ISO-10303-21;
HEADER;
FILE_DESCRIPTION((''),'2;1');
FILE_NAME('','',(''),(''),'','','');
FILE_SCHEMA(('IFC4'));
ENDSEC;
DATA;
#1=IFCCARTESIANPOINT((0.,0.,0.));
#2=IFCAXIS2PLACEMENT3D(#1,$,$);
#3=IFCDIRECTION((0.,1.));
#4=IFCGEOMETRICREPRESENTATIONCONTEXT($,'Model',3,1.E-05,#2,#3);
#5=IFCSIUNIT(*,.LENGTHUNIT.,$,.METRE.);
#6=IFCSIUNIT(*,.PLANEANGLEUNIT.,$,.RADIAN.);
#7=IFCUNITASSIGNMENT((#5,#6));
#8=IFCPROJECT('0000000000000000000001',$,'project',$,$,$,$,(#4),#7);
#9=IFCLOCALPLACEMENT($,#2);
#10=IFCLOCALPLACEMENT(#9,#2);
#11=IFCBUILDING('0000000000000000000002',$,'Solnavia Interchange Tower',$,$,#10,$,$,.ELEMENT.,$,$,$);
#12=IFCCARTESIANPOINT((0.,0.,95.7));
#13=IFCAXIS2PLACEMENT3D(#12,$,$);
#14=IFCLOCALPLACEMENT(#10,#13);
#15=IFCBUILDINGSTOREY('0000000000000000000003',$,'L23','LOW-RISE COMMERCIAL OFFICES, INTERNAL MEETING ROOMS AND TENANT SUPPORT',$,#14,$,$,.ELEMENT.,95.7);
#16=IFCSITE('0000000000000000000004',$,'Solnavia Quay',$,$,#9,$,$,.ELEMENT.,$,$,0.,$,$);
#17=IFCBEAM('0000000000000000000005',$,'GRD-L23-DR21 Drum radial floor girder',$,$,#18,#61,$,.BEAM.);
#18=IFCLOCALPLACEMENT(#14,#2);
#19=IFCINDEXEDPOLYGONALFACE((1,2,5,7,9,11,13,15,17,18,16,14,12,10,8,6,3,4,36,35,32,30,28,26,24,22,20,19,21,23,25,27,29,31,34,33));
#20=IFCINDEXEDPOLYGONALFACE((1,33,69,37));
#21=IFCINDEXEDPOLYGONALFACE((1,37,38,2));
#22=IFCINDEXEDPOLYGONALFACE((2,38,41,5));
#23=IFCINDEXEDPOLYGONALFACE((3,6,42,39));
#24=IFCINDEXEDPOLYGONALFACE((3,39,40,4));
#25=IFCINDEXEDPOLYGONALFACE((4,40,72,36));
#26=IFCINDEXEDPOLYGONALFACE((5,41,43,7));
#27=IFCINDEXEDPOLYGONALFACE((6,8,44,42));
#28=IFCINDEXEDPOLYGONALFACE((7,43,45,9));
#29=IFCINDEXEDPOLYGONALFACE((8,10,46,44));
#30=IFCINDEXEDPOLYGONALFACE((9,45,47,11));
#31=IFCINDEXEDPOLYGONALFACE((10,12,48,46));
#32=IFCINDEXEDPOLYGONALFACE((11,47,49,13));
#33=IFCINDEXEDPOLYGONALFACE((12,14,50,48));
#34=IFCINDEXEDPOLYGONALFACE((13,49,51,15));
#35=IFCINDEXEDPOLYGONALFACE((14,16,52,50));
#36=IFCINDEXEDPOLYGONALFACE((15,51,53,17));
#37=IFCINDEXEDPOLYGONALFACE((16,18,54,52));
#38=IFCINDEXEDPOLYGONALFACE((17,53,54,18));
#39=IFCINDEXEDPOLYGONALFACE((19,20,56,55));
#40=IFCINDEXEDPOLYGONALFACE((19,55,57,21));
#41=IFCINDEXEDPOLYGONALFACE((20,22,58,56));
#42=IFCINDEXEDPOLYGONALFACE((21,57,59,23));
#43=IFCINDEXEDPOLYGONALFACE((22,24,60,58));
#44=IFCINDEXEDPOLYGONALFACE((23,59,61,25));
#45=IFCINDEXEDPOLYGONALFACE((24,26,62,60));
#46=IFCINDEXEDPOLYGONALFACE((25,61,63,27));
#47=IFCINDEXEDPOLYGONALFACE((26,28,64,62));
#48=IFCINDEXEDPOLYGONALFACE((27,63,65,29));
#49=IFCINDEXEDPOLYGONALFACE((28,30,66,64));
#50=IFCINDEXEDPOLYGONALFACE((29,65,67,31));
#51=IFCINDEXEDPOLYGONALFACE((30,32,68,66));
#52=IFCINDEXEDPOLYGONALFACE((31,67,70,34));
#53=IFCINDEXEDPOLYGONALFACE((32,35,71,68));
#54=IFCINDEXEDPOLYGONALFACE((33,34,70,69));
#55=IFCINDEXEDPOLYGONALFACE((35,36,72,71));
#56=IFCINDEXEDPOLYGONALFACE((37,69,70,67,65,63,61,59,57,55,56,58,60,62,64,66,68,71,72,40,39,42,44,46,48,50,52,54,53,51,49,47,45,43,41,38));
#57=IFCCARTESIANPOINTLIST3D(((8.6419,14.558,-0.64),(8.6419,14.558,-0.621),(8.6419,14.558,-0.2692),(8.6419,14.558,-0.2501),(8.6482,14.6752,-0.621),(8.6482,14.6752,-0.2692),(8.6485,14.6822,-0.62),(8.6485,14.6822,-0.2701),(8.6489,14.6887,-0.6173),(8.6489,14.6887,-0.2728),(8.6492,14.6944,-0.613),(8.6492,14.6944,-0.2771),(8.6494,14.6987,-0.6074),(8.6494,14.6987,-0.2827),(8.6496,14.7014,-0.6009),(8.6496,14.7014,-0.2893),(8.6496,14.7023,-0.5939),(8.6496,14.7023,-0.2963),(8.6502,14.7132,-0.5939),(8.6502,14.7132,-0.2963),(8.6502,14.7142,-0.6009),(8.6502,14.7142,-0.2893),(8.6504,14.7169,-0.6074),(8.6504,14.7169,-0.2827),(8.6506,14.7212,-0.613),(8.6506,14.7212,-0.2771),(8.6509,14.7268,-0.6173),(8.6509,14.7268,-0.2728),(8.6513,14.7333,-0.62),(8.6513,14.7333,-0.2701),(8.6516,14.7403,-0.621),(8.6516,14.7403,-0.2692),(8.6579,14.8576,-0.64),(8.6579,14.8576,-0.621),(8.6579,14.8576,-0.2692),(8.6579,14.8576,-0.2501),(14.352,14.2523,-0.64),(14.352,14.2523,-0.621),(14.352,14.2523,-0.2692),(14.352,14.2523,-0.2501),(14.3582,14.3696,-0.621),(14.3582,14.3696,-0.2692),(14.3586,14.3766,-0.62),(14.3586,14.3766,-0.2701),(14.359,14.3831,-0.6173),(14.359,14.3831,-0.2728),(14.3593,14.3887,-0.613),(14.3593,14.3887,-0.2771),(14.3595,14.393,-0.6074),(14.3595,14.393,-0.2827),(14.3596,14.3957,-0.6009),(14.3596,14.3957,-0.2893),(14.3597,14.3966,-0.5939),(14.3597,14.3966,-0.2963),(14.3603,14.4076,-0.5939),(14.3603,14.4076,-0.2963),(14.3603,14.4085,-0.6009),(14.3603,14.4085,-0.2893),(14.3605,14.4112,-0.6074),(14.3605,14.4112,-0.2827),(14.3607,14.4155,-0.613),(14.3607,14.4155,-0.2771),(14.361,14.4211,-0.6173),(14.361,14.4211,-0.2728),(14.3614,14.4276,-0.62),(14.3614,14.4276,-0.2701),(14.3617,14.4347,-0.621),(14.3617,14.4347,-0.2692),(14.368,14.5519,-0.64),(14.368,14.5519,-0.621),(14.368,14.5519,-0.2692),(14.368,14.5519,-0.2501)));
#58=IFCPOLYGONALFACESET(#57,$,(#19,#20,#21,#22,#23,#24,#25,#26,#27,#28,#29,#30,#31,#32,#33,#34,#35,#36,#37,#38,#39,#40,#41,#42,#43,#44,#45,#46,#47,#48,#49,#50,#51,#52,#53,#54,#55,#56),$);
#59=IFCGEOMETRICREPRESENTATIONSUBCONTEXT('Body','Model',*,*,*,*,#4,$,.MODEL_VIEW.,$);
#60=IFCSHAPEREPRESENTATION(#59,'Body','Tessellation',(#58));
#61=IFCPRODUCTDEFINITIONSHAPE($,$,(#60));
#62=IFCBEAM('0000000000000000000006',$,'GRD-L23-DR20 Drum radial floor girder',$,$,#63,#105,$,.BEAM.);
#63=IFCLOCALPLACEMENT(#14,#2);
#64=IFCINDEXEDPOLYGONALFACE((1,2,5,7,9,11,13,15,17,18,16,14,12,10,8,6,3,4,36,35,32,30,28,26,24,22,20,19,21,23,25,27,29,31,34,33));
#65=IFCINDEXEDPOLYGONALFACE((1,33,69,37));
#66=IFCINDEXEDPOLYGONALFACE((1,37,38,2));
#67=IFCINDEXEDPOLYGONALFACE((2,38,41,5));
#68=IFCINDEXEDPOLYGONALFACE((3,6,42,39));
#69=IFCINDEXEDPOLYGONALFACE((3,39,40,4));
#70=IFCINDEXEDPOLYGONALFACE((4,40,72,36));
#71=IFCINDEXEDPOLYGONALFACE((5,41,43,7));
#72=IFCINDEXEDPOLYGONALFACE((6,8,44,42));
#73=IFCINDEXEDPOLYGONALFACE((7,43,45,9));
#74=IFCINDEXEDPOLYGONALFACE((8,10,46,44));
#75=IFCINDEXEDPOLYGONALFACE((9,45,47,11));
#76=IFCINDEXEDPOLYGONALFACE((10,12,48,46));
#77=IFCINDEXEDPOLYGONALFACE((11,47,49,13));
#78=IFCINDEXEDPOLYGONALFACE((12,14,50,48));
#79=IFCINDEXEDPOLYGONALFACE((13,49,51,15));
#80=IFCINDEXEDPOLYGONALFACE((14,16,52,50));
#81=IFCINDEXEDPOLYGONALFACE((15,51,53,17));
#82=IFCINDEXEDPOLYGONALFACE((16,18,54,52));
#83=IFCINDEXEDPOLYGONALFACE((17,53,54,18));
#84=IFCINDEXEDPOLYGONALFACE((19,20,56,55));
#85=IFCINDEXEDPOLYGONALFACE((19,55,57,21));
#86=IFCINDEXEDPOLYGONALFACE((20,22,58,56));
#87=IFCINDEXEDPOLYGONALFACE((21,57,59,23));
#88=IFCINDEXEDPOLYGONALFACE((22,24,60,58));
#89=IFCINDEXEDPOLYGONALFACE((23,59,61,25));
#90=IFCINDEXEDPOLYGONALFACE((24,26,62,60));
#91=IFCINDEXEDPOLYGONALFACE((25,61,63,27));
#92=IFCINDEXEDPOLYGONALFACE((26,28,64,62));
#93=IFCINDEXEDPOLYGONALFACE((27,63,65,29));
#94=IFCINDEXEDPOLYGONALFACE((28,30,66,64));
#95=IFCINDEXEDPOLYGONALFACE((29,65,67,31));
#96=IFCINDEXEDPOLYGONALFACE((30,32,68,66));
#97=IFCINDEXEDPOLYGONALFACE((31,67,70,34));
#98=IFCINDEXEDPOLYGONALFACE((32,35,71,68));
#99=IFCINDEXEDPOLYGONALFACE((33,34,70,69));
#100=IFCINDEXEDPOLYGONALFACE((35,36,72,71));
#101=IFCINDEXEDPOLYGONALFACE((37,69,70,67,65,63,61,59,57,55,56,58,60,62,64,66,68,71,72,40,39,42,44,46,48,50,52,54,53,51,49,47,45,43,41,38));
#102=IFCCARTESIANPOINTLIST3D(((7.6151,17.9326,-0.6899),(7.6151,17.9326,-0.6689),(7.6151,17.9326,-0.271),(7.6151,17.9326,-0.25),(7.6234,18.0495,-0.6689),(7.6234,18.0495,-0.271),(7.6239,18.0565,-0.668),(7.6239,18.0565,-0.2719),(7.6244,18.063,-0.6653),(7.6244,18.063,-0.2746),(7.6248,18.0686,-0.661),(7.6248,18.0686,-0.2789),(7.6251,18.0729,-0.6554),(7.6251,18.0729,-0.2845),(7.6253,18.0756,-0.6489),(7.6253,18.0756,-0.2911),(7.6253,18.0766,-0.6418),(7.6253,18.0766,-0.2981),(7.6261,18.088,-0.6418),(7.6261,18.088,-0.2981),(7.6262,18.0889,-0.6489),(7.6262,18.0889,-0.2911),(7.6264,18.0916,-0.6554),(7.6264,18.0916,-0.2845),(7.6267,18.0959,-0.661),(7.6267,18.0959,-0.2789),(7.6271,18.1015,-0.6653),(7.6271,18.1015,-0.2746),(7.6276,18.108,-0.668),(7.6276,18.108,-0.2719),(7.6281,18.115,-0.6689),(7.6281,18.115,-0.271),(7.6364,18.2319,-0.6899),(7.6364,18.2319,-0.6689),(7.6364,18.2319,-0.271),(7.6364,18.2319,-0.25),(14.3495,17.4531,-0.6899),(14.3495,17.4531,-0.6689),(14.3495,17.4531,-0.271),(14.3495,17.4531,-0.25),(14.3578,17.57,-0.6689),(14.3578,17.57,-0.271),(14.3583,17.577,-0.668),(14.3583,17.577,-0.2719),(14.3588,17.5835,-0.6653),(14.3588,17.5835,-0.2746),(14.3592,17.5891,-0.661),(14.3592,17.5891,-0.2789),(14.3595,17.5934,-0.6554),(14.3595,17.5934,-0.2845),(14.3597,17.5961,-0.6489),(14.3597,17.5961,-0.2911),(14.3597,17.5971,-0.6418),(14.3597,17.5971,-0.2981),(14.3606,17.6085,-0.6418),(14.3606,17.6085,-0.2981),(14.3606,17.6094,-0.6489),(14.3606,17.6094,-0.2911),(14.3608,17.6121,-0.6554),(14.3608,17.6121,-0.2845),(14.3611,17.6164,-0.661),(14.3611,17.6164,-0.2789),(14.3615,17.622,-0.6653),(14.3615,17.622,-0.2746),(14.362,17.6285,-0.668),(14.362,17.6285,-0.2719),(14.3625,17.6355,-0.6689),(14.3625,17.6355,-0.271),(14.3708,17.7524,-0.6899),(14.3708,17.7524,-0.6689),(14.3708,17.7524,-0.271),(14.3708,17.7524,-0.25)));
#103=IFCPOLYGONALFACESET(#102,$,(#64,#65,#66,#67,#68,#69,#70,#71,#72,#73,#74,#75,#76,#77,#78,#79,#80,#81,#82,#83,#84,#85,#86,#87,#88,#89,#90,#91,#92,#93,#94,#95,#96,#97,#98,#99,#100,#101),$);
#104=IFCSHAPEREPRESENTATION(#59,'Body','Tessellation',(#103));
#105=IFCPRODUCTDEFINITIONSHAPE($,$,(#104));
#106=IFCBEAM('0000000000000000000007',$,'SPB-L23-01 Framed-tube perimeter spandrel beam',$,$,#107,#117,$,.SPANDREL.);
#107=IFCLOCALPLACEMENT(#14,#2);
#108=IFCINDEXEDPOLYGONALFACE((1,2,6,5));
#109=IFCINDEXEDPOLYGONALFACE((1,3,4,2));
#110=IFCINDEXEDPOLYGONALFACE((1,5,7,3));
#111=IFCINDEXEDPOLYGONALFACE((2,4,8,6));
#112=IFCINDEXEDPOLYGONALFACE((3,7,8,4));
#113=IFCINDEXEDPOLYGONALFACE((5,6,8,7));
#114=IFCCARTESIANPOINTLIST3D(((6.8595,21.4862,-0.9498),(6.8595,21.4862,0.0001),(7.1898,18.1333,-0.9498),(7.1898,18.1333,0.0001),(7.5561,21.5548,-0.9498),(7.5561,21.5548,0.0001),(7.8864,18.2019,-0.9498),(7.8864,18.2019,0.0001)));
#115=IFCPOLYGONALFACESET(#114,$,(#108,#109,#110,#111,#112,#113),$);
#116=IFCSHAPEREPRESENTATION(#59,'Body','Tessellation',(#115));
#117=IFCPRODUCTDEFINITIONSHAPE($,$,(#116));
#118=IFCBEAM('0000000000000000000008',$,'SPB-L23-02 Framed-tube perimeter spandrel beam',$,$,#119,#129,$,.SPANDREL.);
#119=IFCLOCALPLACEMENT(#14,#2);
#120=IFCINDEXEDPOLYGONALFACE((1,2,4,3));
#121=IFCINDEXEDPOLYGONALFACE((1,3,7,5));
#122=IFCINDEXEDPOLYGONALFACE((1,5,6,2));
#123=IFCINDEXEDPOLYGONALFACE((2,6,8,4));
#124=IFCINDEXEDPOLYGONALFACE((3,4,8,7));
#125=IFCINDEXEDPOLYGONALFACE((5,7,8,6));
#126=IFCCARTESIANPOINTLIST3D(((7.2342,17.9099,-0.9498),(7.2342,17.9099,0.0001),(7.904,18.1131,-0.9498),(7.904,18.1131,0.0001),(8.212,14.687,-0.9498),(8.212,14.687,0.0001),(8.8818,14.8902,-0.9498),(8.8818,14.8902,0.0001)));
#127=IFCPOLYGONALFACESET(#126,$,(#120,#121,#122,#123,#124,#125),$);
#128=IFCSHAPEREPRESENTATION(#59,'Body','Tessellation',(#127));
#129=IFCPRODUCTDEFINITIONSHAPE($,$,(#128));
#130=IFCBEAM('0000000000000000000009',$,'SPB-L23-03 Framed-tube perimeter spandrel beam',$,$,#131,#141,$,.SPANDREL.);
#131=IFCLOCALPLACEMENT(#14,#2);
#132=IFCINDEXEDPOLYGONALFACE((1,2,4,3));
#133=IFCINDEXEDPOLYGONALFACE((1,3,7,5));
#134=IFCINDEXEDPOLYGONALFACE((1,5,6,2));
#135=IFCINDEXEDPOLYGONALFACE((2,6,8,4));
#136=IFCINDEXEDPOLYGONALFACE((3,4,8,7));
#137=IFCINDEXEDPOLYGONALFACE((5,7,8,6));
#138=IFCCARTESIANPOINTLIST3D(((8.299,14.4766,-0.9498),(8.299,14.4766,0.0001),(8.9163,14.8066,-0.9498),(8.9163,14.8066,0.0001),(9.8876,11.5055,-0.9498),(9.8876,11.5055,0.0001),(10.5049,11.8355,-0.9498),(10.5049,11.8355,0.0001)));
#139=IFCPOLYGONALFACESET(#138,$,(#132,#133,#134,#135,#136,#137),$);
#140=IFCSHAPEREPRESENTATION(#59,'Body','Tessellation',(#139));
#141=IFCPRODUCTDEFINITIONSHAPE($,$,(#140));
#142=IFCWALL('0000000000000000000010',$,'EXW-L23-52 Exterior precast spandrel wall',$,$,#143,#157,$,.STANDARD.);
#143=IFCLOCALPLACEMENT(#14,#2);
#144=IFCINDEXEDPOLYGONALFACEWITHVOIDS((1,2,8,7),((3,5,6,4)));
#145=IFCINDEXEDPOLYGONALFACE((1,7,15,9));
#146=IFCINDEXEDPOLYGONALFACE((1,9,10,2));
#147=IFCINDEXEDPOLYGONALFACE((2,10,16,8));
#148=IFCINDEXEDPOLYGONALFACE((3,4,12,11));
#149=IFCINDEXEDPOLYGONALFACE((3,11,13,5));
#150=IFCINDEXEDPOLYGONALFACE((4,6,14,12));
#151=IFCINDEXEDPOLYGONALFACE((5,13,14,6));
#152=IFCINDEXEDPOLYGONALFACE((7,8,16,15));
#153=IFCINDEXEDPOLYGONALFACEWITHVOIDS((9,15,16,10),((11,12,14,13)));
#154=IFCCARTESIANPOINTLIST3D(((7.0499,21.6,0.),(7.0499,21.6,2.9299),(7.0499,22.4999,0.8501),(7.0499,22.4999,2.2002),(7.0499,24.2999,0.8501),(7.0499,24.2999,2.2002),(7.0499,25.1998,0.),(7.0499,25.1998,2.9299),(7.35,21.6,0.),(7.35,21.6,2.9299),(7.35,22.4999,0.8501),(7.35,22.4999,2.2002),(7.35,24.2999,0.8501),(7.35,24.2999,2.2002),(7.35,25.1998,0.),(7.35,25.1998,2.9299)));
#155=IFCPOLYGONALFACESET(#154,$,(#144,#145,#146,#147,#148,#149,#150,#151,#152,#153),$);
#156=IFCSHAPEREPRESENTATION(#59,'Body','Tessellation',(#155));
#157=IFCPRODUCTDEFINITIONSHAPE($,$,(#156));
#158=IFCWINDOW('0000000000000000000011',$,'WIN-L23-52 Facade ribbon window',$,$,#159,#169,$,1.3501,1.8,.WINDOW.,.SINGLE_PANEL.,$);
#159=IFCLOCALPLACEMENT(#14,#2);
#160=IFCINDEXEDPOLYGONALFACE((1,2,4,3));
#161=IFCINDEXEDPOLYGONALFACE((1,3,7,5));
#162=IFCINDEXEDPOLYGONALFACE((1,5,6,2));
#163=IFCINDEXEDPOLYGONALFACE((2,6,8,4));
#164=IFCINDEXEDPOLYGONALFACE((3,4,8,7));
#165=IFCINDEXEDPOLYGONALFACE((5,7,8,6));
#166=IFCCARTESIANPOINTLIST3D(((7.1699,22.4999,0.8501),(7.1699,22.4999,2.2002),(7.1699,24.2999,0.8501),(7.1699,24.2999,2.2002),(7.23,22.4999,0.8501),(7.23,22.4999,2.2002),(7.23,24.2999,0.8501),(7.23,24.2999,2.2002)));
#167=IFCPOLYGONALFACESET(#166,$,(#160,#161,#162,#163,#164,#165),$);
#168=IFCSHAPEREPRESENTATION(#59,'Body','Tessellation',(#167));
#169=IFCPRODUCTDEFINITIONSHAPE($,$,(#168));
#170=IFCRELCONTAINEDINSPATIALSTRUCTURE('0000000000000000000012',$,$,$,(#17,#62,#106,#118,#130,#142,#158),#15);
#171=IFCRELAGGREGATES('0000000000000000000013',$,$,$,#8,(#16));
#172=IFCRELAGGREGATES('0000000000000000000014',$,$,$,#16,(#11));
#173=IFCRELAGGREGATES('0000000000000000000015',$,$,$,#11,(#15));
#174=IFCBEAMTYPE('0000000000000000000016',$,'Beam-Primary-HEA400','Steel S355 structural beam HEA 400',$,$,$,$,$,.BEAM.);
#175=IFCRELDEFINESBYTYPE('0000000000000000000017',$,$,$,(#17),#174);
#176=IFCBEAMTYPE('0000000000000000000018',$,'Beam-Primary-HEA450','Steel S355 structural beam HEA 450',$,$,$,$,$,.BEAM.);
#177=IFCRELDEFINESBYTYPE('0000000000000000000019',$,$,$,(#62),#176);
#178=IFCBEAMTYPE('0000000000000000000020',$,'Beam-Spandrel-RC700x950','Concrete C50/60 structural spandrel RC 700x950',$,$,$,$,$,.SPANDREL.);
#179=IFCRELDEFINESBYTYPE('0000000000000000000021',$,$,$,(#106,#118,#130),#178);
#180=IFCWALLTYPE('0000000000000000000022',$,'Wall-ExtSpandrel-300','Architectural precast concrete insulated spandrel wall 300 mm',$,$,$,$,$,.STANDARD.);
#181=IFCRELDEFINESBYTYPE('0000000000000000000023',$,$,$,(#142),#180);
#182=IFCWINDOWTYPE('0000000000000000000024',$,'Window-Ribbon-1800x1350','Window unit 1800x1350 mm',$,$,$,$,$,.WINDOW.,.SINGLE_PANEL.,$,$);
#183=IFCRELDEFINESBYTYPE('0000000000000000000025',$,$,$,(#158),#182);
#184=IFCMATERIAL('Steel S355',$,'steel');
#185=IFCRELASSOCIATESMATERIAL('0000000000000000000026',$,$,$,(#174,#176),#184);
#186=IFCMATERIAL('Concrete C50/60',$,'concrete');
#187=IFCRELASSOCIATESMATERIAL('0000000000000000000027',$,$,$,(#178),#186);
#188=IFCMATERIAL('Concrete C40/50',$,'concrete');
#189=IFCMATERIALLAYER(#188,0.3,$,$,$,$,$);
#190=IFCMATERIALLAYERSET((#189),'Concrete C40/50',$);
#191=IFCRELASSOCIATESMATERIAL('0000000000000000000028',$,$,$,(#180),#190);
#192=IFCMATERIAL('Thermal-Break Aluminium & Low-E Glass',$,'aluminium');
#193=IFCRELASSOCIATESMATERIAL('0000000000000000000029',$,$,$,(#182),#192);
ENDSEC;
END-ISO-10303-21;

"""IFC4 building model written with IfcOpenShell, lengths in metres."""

from ifc_helpers import new_model, si_unit, direction, frame, frame_2d, origin, origin_2d, place, context, subcontext, project, spatial, rectangle, i_section, extrude, material, layer, layer_set, material_profile, profile_set, type_object, element, fill, save


model = new_model("IFC4")

# Units and contexts
model_context = context("Model", 3, precision=1e-05, world=origin(), true_north=direction((0.0, 1.0)))
body_context = subcontext(model_context, "Body", "Model", "MODEL_VIEW")
ifc_project = project(units=[si_unit("LENGTHUNIT", "METRE"), si_unit("PLANEANGLEUNIT", "RADIAN")], contexts=[model_context])

# Site, building, storey
site_placement = place(None, origin())
site = spatial("IfcSite", under=ifc_project, at=site_placement, Name="Solnavia Quay", CompositionType="ELEMENT", RefElevation=0.0)
building_placement = place(site_placement, origin())
building = spatial("IfcBuilding", under=site, at=building_placement, Name="Solnavia Interchange Tower", CompositionType="ELEMENT")
storey_placement = place(building_placement, frame((0.0, 0.0, 95.7)))
storey = spatial("IfcBuildingStorey", under=building, at=storey_placement, Name="L23", Description="LOW-RISE COMMERCIAL OFFICES, INTERNAL MEETING ROOMS AND TENANT SUPPORT", CompositionType="ELEMENT", Elevation=95.7)

# Beams
ifc_material_1 = material(Name="Concrete C50/60", Category="concrete")
ifc_material_2 = material(Name="Steel S355", Category="steel")
ifc_material_profile_1 = material_profile(ifc_material_2, i_section(OverallWidth=0.3, OverallDepth=0.3899, WebThickness=0.011, FlangeThickness=0.019, FilletRadius=0.0271, at=origin_2d()), Name="HEA 400")
ifc_profile_set_1 = profile_set([ifc_material_profile_1], Name="Steel S355")
beam_type_1 = type_object("IfcBeamType", Name="Beam-Primary-HEA400", Description="Steel S355 structural beam HEA 400", PredefinedType="BEAM", material=ifc_profile_set_1)
beam_1_placement = place(storey_placement, frame((8.6499, 14.7078, -0.4451), z_axis=(0.99857, -0.053453, 0.0), x_axis=(0.053453, 0.99857, 0.0)))
element("IfcBeam", 1, at=beam_1_placement, inside=storey, type_object=beam_type_1, Name="GRD-L23-DR21 Drum radial floor girder", PredefinedType="BEAM", context=body_context, shape_type="SweptSolid", body=[
    extrude(i_section(OverallWidth=0.3, OverallDepth=0.3899, WebThickness=0.011, FlangeThickness=0.019, FilletRadius=0.0271, at=origin_2d()), origin(), (0.0, 0.0, 1.0), 5.7183),
])
ifc_material_profile_2 = material_profile(ifc_material_2, i_section(OverallWidth=0.3, OverallDepth=0.4399, WebThickness=0.0115, FlangeThickness=0.021, FilletRadius=0.0271, at=origin_2d()), Name="HEA 450")
ifc_profile_set_2 = profile_set([ifc_material_profile_2], Name="Steel S355")
beam_type_2 = type_object("IfcBeamType", Name="Beam-Primary-HEA450", Description="Steel S355 structural beam HEA 450", PredefinedType="BEAM", material=ifc_profile_set_2)
beam_2_placement = place(storey_placement, frame((7.6257, 18.0823, -0.47), z_axis=(0.997475, -0.071021, 0.0), x_axis=(0.071021, 0.997475, 0.0)))
element("IfcBeam", 2, at=beam_2_placement, inside=storey, type_object=beam_type_2, Name="GRD-L23-DR20 Drum radial floor girder", PredefinedType="BEAM", context=body_context, shape_type="SweptSolid", body=[
    extrude(i_section(OverallWidth=0.3, OverallDepth=0.4399, WebThickness=0.0115, FlangeThickness=0.021, FilletRadius=0.0271, at=origin_2d()), origin(), (0.0, 0.0, 1.0), 6.7515),
])
ifc_material_profile_3 = material_profile(ifc_material_1, rectangle(XDim=0.7, YDim=0.95, at=origin_2d()), Name="RC 700x950")
ifc_profile_set_3 = profile_set([ifc_material_profile_3], Name="Concrete C50/60")
beam_type_3 = type_object("IfcBeamType", Name="Beam-Spandrel-RC700x950", Description="Concrete C50/60 structural spandrel RC 700x950", PredefinedType="SPANDREL", material=ifc_profile_set_3)
beam_3_placement = place(storey_placement, frame((7.2078, 21.5205, -0.4749), z_axis=(0.09804, -0.995182, 0.0), x_axis=(0.995182, 0.09804, 0.0)))
element("IfcBeam", 3, at=beam_3_placement, inside=storey, type_object=beam_type_3, Name="SPB-L23-01 Framed-tube perimeter spandrel beam", PredefinedType="SPANDREL", context=body_context, shape_type="SweptSolid", body=[
    extrude(rectangle(XDim=0.7, YDim=0.95, at=origin_2d()), origin(), (0.0, 0.0, 1.0), 3.3691),
])
beam_4_placement = place(storey_placement, frame((7.5691, 18.0115, -0.4749), z_axis=(0.290319, -0.95693, 0.0), x_axis=(0.95693, 0.290319, 0.0)))
element("IfcBeam", 4, at=beam_4_placement, inside=storey, type_object=beam_type_3, Name="SPB-L23-02 Framed-tube perimeter spandrel beam", PredefinedType="SPANDREL", context=body_context, shape_type="SweptSolid", body=[
    extrude(rectangle(XDim=0.7, YDim=0.95, at=origin_2d()), origin(), (0.0, 0.0, 1.0), 3.3679),
])
beam_5_placement = place(storey_placement, frame((8.6077, 14.6416, -0.4749), z_axis=(0.471509, -0.881861, 0.0), x_axis=(0.881861, 0.471509, 0.0)))
element("IfcBeam", 5, at=beam_5_placement, inside=storey, type_object=beam_type_3, Name="SPB-L23-03 Framed-tube perimeter spandrel beam", PredefinedType="SPANDREL", context=body_context, shape_type="SweptSolid", body=[
    extrude(rectangle(XDim=0.7, YDim=0.95, at=origin_2d()), origin(), (0.0, 0.0, 1.0), 3.3691),
])

# Wall, opening, window
ifc_material_3 = material(Name="Concrete C40/50", Category="concrete")
ifc_layer_1 = layer(ifc_material_3, 0.3)
ifc_layer_set_1 = layer_set([ifc_layer_1], Name="Concrete C40/50")
wall_type_1 = type_object("IfcWallType", Name="Wall-ExtSpandrel-300", Description="Architectural precast concrete insulated spandrel wall 300 mm", PredefinedType="STANDARD", material=ifc_layer_set_1)
wall_1_placement = place(storey_placement, frame((7.2, 21.6001, 0.0), z_axis=(0.0, 0.0, 1.0), x_axis=(0.0, 1.0, 0.0)))
wall_1 = element("IfcWall", 6, at=wall_1_placement, inside=storey, type_object=wall_type_1, Name="EXW-L23-52 Exterior precast spandrel wall", PredefinedType="STANDARD", context=body_context, shape_type="SweptSolid", body=[
    extrude(rectangle(XDim=3.5999, YDim=0.3, at=frame_2d((1.7998, 0.0))), origin(), (0.0, 0.0, 1.0), 2.9299),
])
opening_1_placement = place(wall_1_placement, frame((0.8999, 0.0, 0.8501)))
opening_1 = element("IfcOpeningElement", 7, at=opening_1_placement, cuts=wall_1, PredefinedType="OPENING", context=body_context, shape_type="SweptSolid", body=[
    extrude(rectangle(XDim=1.8, YDim=1.3501, at=frame_2d((0.8999, 0.675))), frame((0.0, 0.1602, 0.0), z_axis=(0.0, -1.0, 0.0), x_axis=(1.0, 0.0, 0.0)), (0.0, 0.0, 1.0), 0.3201),
])
ifc_material_4 = material(Name="Thermal-Break Aluminium & Low-E Glass", Category="aluminium")
window_type_1 = type_object("IfcWindowType", Name="Window-Ribbon-1800x1350", Description="Window unit 1800x1350 mm", PartitioningType="SINGLE_PANEL", PredefinedType="WINDOW", material=ifc_material_4)
window_1_placement = place(opening_1_placement, origin())
window_1 = element("IfcWindow", 8, at=window_1_placement, inside=storey, type_object=window_type_1, Name="WIN-L23-52 Facade ribbon window", OverallHeight=1.3501, OverallWidth=1.8, PartitioningType="SINGLE_PANEL", PredefinedType="WINDOW", context=body_context, shape_type="SweptSolid", body=[
    extrude(rectangle(XDim=1.8, YDim=1.3501, at=frame_2d((0.8999, 0.675))), frame((0.0, 0.03, 0.0), z_axis=(0.0, -1.0, 0.0), x_axis=(1.0, 0.0, 0.0)), (0.0, 0.0, 1.0), 0.0601),
])
fill(opening_1, window_1)

save(model, "model.ifc")
